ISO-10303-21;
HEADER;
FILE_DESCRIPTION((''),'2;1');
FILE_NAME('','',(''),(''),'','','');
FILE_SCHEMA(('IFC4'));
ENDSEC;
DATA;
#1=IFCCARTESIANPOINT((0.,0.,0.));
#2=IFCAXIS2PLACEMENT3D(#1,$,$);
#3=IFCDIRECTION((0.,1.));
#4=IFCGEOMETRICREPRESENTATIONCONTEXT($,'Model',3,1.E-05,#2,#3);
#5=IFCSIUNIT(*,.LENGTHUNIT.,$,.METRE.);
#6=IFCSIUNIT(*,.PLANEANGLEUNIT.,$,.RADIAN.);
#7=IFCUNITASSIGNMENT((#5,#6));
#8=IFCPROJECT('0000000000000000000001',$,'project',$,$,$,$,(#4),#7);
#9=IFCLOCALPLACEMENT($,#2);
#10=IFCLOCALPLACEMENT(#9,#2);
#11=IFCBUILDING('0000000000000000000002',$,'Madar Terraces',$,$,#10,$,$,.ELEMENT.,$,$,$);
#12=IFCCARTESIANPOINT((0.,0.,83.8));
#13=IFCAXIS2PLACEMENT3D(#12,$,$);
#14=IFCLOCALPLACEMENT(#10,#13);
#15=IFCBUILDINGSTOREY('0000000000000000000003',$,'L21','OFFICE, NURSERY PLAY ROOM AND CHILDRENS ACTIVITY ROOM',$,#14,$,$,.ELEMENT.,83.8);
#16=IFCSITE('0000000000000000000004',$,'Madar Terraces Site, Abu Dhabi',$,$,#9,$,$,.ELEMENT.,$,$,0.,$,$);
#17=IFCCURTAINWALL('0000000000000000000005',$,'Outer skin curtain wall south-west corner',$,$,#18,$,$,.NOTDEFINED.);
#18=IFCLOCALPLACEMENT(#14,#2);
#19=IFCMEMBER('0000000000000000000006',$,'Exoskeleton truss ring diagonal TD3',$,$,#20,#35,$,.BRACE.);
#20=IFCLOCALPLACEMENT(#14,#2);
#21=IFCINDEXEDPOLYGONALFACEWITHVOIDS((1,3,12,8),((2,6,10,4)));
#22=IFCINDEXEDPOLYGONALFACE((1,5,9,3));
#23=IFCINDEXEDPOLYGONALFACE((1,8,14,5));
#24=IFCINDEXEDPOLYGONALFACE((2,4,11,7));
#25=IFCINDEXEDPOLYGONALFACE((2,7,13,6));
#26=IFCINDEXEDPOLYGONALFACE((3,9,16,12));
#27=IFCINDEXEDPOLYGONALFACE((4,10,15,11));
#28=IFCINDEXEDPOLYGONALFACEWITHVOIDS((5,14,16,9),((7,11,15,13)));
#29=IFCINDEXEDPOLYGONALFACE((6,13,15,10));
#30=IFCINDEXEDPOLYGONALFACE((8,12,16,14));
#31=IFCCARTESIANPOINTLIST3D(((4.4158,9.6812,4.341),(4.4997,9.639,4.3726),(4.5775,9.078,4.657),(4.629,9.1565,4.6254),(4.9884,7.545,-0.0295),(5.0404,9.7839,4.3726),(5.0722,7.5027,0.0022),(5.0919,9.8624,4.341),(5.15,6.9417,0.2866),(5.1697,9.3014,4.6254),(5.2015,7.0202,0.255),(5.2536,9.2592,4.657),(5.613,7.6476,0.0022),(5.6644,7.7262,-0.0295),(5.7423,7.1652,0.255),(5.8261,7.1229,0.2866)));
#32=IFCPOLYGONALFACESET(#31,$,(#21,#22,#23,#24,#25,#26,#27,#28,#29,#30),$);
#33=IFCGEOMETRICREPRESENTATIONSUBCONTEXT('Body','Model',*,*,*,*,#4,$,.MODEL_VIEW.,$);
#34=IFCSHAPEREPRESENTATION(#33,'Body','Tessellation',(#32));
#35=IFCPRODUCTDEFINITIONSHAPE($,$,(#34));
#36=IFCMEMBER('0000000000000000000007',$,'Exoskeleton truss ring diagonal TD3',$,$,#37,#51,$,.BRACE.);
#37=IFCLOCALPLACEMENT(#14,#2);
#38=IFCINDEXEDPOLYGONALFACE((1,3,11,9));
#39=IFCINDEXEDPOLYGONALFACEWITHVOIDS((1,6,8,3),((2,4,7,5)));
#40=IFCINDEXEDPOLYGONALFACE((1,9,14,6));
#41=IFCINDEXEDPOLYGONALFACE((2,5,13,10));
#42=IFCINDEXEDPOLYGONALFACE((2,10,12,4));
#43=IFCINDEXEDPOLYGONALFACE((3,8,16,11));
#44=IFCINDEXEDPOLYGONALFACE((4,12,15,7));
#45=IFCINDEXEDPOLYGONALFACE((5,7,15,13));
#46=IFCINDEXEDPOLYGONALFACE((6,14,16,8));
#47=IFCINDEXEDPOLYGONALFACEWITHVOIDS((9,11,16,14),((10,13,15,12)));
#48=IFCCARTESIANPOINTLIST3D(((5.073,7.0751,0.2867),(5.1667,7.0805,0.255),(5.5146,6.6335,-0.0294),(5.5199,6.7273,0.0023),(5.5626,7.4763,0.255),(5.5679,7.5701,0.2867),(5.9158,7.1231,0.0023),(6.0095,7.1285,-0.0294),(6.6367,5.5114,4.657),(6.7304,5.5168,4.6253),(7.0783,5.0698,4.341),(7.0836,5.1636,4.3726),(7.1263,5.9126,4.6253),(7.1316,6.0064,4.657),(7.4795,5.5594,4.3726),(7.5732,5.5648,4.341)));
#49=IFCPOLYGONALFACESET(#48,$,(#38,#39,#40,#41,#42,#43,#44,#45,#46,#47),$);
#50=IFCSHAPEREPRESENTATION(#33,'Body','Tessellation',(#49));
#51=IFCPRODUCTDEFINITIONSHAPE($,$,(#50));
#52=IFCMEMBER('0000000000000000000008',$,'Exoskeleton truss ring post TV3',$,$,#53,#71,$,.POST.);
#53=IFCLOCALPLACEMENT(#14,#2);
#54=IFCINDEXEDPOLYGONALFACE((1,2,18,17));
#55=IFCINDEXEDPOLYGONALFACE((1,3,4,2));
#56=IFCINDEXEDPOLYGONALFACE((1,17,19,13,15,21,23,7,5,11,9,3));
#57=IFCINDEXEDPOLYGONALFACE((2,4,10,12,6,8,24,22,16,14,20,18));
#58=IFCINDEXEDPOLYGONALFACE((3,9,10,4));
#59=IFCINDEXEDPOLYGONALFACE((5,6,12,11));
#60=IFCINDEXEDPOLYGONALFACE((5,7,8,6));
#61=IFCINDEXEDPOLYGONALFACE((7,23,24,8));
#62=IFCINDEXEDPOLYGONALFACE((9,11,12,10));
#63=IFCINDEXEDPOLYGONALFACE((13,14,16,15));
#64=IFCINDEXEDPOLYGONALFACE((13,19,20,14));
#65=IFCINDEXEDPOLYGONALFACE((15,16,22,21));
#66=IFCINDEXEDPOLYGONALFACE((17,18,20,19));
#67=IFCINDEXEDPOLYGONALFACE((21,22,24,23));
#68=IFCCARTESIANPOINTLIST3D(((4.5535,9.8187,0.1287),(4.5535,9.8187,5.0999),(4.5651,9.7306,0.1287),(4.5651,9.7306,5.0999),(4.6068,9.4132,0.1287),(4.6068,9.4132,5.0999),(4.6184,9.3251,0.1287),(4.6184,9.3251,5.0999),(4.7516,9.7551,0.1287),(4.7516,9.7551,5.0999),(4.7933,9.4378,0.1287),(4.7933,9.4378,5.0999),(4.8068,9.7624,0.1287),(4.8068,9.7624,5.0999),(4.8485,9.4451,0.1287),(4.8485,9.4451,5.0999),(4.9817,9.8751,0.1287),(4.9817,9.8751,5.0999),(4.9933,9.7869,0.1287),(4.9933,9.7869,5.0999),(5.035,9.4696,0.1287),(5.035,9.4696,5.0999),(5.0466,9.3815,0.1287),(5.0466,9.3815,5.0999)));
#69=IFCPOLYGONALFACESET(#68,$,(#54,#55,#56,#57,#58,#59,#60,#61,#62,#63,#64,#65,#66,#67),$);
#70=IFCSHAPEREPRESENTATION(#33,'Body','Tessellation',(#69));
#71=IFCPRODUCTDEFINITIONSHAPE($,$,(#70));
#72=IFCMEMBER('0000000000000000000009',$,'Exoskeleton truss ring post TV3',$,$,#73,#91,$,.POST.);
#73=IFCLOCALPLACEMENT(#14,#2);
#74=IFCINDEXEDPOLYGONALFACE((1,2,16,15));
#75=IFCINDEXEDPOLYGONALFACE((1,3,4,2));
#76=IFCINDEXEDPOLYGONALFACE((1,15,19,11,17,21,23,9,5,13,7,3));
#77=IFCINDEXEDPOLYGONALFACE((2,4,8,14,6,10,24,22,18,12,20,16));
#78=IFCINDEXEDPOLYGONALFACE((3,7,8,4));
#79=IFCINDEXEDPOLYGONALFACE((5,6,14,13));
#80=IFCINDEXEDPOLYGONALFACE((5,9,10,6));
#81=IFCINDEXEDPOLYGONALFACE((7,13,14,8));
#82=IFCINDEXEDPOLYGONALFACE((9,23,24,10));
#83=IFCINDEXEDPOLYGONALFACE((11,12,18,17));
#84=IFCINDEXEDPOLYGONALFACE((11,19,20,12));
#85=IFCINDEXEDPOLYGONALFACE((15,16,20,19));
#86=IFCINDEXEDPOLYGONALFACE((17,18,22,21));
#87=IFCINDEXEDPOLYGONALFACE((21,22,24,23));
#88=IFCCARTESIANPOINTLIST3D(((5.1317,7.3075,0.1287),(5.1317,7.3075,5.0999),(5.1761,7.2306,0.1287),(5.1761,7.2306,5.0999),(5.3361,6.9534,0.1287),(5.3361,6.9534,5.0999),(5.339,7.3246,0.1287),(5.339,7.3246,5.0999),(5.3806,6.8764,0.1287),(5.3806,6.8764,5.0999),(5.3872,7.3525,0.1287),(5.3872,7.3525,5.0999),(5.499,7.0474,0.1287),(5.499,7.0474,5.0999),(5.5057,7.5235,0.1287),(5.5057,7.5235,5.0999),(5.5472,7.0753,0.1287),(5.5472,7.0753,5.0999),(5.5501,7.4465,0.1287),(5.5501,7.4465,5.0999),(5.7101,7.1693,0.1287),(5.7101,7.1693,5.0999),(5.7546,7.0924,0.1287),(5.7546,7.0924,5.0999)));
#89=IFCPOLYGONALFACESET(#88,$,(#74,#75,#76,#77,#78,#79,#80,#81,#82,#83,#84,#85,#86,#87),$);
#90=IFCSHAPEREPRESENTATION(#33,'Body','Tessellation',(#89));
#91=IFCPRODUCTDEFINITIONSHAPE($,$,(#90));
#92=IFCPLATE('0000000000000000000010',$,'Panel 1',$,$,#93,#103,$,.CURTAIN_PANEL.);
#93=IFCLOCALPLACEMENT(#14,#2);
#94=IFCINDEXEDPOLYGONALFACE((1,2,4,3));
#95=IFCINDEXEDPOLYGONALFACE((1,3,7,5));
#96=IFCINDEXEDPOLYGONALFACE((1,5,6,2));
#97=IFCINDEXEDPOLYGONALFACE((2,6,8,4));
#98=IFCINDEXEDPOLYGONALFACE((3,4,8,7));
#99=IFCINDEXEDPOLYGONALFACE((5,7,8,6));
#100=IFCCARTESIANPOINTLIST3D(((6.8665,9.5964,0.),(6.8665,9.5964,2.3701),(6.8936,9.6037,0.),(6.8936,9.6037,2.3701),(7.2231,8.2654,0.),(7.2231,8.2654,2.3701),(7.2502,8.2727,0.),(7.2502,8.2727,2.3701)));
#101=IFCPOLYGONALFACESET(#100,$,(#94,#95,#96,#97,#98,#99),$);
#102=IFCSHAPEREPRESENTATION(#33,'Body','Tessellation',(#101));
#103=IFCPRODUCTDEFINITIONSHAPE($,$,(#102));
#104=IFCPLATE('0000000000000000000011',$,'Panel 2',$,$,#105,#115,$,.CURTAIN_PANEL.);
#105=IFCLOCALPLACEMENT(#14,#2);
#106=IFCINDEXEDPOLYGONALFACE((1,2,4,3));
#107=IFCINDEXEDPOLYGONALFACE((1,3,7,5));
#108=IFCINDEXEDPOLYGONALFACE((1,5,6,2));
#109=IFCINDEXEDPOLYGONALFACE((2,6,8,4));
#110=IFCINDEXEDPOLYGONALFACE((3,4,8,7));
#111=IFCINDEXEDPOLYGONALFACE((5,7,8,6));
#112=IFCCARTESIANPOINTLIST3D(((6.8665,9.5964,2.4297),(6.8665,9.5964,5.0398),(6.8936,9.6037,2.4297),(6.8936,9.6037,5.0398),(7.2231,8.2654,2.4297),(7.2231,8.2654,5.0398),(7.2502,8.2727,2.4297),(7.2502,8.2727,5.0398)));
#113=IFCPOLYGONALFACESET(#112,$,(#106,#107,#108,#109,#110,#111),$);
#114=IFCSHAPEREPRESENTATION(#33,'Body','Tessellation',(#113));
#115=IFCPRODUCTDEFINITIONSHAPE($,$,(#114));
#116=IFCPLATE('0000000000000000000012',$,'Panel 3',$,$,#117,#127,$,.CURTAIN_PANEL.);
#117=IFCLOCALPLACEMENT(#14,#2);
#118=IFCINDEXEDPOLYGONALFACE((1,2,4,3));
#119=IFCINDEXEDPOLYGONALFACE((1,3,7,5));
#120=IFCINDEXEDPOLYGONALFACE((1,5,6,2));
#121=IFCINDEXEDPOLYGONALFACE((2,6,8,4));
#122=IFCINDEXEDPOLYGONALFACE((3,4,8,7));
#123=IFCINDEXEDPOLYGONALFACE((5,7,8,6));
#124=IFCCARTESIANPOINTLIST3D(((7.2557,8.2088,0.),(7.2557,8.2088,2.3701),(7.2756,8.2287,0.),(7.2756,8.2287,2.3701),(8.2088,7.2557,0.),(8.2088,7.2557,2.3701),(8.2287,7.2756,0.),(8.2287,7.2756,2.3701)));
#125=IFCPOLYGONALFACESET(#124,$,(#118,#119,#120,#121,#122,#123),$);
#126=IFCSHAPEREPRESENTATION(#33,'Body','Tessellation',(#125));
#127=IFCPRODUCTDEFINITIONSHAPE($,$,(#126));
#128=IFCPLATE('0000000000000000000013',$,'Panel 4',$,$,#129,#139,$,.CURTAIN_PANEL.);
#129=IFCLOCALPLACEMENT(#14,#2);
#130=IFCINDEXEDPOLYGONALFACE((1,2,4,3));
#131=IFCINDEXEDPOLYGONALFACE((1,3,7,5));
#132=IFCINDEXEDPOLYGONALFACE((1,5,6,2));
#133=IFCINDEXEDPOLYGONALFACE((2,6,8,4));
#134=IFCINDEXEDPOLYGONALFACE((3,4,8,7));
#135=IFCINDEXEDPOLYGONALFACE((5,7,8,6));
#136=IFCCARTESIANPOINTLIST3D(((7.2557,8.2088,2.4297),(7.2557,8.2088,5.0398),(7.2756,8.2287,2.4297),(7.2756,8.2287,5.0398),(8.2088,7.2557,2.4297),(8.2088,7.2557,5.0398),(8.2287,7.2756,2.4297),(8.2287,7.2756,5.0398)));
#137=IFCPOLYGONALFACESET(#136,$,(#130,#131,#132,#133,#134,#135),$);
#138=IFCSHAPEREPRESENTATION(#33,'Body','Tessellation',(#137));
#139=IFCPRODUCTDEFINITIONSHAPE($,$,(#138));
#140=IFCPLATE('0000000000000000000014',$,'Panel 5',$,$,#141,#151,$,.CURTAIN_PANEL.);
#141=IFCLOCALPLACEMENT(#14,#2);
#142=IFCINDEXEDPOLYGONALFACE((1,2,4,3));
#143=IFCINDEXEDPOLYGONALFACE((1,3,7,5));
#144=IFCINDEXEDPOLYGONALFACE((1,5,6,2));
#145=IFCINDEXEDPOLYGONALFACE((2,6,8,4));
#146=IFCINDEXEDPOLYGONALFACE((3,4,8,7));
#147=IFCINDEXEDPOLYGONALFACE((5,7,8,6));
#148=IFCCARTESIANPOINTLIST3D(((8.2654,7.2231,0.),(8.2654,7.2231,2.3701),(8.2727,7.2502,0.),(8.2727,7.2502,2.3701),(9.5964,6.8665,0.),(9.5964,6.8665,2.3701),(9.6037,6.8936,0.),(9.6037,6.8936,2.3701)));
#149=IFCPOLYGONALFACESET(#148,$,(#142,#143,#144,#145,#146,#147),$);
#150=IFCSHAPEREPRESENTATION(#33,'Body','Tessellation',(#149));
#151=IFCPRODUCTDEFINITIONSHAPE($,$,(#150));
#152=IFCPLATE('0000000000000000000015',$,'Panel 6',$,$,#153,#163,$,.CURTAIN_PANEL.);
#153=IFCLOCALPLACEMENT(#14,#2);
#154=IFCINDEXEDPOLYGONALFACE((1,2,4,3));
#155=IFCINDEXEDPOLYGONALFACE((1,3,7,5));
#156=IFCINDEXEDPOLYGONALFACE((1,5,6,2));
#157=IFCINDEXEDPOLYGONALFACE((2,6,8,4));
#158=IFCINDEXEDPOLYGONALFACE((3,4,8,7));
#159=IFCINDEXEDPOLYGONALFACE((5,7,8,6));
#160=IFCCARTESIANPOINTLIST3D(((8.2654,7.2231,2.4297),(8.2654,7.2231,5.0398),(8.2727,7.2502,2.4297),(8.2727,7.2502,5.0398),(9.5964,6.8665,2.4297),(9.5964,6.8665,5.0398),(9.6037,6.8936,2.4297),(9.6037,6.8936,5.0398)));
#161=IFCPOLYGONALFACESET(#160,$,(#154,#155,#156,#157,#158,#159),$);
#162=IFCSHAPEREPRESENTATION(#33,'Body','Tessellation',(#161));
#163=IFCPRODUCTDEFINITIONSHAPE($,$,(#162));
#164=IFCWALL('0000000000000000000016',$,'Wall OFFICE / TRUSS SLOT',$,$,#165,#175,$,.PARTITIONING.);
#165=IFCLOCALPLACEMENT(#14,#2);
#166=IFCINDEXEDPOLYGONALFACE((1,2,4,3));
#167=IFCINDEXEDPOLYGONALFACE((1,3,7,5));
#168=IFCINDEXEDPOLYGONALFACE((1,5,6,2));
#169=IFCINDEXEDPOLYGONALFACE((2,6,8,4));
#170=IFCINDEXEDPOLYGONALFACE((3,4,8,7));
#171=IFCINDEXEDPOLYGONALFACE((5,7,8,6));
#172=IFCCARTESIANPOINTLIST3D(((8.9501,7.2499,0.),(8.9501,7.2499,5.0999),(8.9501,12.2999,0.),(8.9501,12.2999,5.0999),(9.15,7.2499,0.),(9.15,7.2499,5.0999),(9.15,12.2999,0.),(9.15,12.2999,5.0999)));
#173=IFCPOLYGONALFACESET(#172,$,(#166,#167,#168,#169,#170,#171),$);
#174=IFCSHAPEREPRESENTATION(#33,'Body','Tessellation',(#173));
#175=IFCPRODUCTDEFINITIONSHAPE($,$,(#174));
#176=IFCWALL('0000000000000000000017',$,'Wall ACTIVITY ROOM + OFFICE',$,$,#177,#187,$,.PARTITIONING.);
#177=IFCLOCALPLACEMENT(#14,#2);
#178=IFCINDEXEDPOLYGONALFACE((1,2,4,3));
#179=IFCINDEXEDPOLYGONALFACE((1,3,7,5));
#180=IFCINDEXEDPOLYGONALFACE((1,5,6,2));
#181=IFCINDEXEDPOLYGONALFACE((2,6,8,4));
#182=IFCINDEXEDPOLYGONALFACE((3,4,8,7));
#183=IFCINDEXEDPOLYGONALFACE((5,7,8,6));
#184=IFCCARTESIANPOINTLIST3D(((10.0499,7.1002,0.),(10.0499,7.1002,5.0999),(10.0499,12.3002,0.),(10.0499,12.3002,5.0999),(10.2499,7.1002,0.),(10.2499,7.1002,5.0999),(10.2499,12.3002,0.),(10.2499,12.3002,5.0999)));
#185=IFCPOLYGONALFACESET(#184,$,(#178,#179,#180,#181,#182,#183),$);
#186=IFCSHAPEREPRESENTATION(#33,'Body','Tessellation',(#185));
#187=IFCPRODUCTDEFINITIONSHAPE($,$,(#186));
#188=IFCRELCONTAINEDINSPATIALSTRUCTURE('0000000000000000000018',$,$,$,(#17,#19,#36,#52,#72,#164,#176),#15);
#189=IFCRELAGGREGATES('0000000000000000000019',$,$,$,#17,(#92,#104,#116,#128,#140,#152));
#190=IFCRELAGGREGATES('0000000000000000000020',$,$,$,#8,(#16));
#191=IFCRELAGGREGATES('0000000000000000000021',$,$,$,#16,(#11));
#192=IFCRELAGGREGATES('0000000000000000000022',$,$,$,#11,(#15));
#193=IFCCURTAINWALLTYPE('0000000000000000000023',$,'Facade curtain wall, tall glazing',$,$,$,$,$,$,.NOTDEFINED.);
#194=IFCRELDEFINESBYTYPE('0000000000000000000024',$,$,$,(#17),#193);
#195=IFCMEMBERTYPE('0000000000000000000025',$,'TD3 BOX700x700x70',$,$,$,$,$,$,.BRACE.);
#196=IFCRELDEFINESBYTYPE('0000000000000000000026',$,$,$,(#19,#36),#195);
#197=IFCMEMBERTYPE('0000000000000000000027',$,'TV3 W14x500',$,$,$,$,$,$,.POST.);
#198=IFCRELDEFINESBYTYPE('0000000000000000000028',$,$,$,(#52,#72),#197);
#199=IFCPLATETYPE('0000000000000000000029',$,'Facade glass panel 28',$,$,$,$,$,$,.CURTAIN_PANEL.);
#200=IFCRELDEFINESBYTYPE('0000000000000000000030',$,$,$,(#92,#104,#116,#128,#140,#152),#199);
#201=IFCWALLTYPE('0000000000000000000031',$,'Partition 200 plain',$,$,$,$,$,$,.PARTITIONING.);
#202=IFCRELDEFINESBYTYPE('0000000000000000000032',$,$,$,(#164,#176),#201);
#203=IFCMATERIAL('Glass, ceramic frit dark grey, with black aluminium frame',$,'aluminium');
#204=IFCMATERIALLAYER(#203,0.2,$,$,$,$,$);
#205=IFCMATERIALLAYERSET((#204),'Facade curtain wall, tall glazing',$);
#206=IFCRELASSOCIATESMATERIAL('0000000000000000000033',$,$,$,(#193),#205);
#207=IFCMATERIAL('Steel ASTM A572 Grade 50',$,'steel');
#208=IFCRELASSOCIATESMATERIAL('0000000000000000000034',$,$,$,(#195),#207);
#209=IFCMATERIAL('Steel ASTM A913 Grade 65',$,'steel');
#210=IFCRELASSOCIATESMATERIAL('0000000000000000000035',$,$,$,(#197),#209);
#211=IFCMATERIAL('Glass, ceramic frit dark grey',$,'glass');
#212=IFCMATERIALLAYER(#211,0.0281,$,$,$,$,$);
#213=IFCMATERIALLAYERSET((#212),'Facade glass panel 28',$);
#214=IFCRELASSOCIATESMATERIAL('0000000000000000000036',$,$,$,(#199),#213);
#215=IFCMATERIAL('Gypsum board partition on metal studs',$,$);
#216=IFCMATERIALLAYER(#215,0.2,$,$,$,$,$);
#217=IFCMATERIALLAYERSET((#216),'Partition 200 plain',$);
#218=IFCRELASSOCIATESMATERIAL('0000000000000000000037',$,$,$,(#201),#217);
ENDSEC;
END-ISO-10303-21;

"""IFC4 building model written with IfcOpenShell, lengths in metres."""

from ifc_helpers import new_model, si_unit, direction, frame, frame_2d, origin, origin_2d, place, context, subcontext, project, spatial, rectangle, hollow_rectangle, i_section, extrude, material, layer, layer_set, material_profile, profile_set, type_object, element, aggregate, save


model = new_model("IFC4")

# Units and contexts
model_context = context("Model", 3, precision=1e-05, world=origin(), true_north=direction((0.0, 1.0)))
body_context = subcontext(model_context, "Body", "Model", "MODEL_VIEW")
ifc_project = project(units=[si_unit("LENGTHUNIT", "METRE"), si_unit("PLANEANGLEUNIT", "RADIAN")], contexts=[model_context])

# Site, building, storey
site_placement = place(None, origin())
site = spatial("IfcSite", under=ifc_project, at=site_placement, Name="Madar Terraces Site, Abu Dhabi", CompositionType="ELEMENT", RefElevation=0.0)
building_placement = place(site_placement, origin())
building = spatial("IfcBuilding", under=site, at=building_placement, Name="Madar Terraces", CompositionType="ELEMENT")
storey_placement = place(building_placement, frame((0.0, 0.0, 83.8)))
storey = spatial("IfcBuildingStorey", under=building, at=storey_placement, Name="L21", Description="OFFICE, NURSERY PLAY ROOM AND CHILDRENS ACTIVITY ROOM", CompositionType="ELEMENT", Elevation=83.8)

# Curtain wall
ifc_material_1 = material(Name="Glass, ceramic frit dark grey, with black aluminium frame", Category="aluminium")
ifc_layer_1 = layer(ifc_material_1, 0.2)
ifc_layer_set_1 = layer_set([ifc_layer_1], Name="Facade curtain wall, tall glazing")
curtain_wall_type = type_object("IfcCurtainWallType", Name="Facade curtain wall, tall glazing", PredefinedType="NOTDEFINED", material=ifc_layer_set_1)
curtain_wall_placement = place(storey_placement, origin())
curtain_wall = element("IfcCurtainWall", 1, at=curtain_wall_placement, inside=storey, type_object=curtain_wall_type, Name="Outer skin curtain wall south-west corner", PredefinedType="NOTDEFINED")

# Members
ifc_material_2 = material(Name="Steel ASTM A572 Grade 50", Category="steel")
ifc_material_profile_1 = material_profile(ifc_material_2, hollow_rectangle(XDim=0.7, YDim=0.7, WallThickness=0.0701, at=origin_2d()), Name="BOX700x700x70")
ifc_profile_set_1 = profile_set([ifc_material_profile_1], Name="Steel ASTM A572 Grade 50")
member_type_1 = type_object("IfcMemberType", Name="TD3 BOX700x700x70", PredefinedType="BRACE", material=ifc_profile_set_1)
member_1_placement = place(storey_placement, frame((4.8347, 9.4702, 4.499), z_axis=(0.116884, -0.436135, -0.892258), x_axis=(0.965914, 0.258865, 0.0)))
element("IfcMember", 2, at=member_1_placement, inside=storey, type_object=member_type_1, Name="Exoskeleton truss ring diagonal TD3", PredefinedType="BRACE", context=body_context, shape_type="SweptSolid", body=[
    extrude(hollow_rectangle(XDim=0.7, YDim=0.7, WallThickness=0.0701, at=origin_2d()), origin(), (0.0, 0.0, 1.0), 4.8982),
])
member_2_placement = place(storey_placement, frame((5.5413, 7.1018, 0.1287), z_axis=(0.319256, -0.319256, 0.892273), x_axis=(0.707107, 0.707107, 0.0)))
element("IfcMember", 3, at=member_2_placement, inside=storey, type_object=member_type_1, Name="Exoskeleton truss ring diagonal TD3", PredefinedType="BRACE", context=body_context, shape_type="SweptSolid", body=[
    extrude(hollow_rectangle(XDim=0.7, YDim=0.7, WallThickness=0.0701, at=origin_2d()), origin(), (0.0, 0.0, 1.0), 4.8979),
])
ifc_material_3 = material(Name="Steel ASTM A913 Grade 65", Category="steel")
ifc_material_profile_2 = material_profile(ifc_material_3, i_section(OverallWidth=0.4319, OverallDepth=0.4978, WebThickness=0.0557, FlangeThickness=0.0889, at=origin_2d()), Name="W14x500")
ifc_profile_set_2 = profile_set([ifc_material_profile_2], Name="Steel ASTM A913 Grade 65")
member_type_2 = type_object("IfcMemberType", Name="TV3 W14x500", PredefinedType="POST", material=ifc_profile_set_2)
for number, where, z_axis, x_axis, name in (
    (4, (4.8, 9.6001, 0.1287), (0.0, 0.0, 1.0), (0.991445, 0.130526, 0.0), "Exoskeleton truss ring post TV3"),
    (5, (5.4431, 7.2, 0.1287), (0.0, 0.0, 1.0), (0.866025, 0.5, 0.0), "Exoskeleton truss ring post TV3"),
):
    element("IfcMember", number, at=place(storey_placement, frame(where, z_axis=z_axis, x_axis=x_axis)), inside=storey, type_object=member_type_2, Name=name, PredefinedType="POST", context=body_context, shape_type="SweptSolid", body=[
        extrude(i_section(OverallWidth=0.4319, OverallDepth=0.4978, WebThickness=0.0557, FlangeThickness=0.0889, at=origin_2d()), origin(), (0.0, 0.0, 1.0), 4.9712),
    ])

# Plates
ifc_material_4 = material(Name="Glass, ceramic frit dark grey", Category="glass")
ifc_layer_2 = layer(ifc_material_4, 0.0281)
ifc_layer_set_2 = layer_set([ifc_layer_2], Name="Facade glass panel 28")
plate_type = type_object("IfcPlateType", Name="Facade glass panel 28", PredefinedType="CURTAIN_PANEL", material=ifc_layer_set_2)
plate_1_placement = place(storey_placement, frame((7.0583, 8.9346, 0.0), z_axis=(0.0, 0.0, 1.0), x_axis=(0.258819, -0.965926, 0.0)))
plate_1 = element("IfcPlate", 6, at=plate_1_placement, type_object=plate_type, Name="Panel 1", PredefinedType="CURTAIN_PANEL", context=body_context, shape_type="SweptSolid", body=[
    extrude(rectangle(XDim=1.3779, YDim=0.0281, at=origin_2d()), origin(), (0.0, 0.0, 1.0), 2.3701),
])
plate_2_placement = place(storey_placement, frame((7.0583, 8.9346, 2.4297), z_axis=(0.0, 0.0, 1.0), x_axis=(0.258819, -0.965926, 0.0)))
plate_2 = element("IfcPlate", 7, at=plate_2_placement, type_object=plate_type, Name="Panel 2", PredefinedType="CURTAIN_PANEL", context=body_context, shape_type="SweptSolid", body=[
    extrude(rectangle(XDim=1.3779, YDim=0.0281, at=origin_2d()), origin(), (0.0, 0.0, 1.0), 2.6101),
])
plate_3_placement = place(storey_placement, frame((7.7422, 7.7422, 0.0), z_axis=(0.0, 0.0, 1.0), x_axis=(0.707107, -0.707107, 0.0)))
plate_3 = element("IfcPlate", 8, at=plate_3_placement, type_object=plate_type, Name="Panel 3", PredefinedType="CURTAIN_PANEL", context=body_context, shape_type="SweptSolid", body=[
    extrude(rectangle(XDim=1.3479, YDim=0.0281, at=origin_2d()), origin(), (0.0, 0.0, 1.0), 2.3701),
])
plate_4_placement = place(storey_placement, frame((7.7422, 7.7422, 2.4297), z_axis=(0.0, 0.0, 1.0), x_axis=(0.707107, -0.707107, 0.0)))
plate_4 = element("IfcPlate", 9, at=plate_4_placement, type_object=plate_type, Name="Panel 4", PredefinedType="CURTAIN_PANEL", context=body_context, shape_type="SweptSolid", body=[
    extrude(rectangle(XDim=1.3479, YDim=0.0281, at=origin_2d()), origin(), (0.0, 0.0, 1.0), 2.6101),
])
plate_5_placement = place(storey_placement, frame((8.9346, 7.0583, 0.0), z_axis=(0.0, 0.0, 1.0), x_axis=(0.965926, -0.258819, 0.0)))
plate_5 = element("IfcPlate", 10, at=plate_5_placement, type_object=plate_type, Name="Panel 5", PredefinedType="CURTAIN_PANEL", context=body_context, shape_type="SweptSolid", body=[
    extrude(rectangle(XDim=1.3779, YDim=0.0281, at=origin_2d()), origin(), (0.0, 0.0, 1.0), 2.3701),
])
plate_6_placement = place(storey_placement, frame((8.9346, 7.0583, 2.4297), z_axis=(0.0, 0.0, 1.0), x_axis=(0.965926, -0.258819, 0.0)))
plate_6 = element("IfcPlate", 11, at=plate_6_placement, type_object=plate_type, Name="Panel 6", PredefinedType="CURTAIN_PANEL", context=body_context, shape_type="SweptSolid", body=[
    extrude(rectangle(XDim=1.3779, YDim=0.0281, at=origin_2d()), origin(), (0.0, 0.0, 1.0), 2.6101),
])
aggregate(curtain_wall, [plate_1, plate_2, plate_3, plate_4, plate_5, plate_6])

# Walls
ifc_material_5 = material(Name="Gypsum board partition on metal studs")
ifc_layer_3 = layer(ifc_material_5, 0.2)
ifc_layer_set_3 = layer_set([ifc_layer_3], Name="Partition 200 plain")
wall_type_1 = type_object("IfcWallType", Name="Partition 200 plain", PredefinedType="PARTITIONING", material=ifc_layer_set_3)
wall_1_placement = place(storey_placement, frame((9.05, 7.25, 0.0), z_axis=(0.0, 0.0, 1.0), x_axis=(0.0, 1.0, 0.0)))
element("IfcWall", 12, at=wall_1_placement, inside=storey, type_object=wall_type_1, Name="Wall OFFICE / TRUSS SLOT", PredefinedType="PARTITIONING", context=body_context, shape_type="SweptSolid", body=[
    extrude(rectangle(XDim=5.05, YDim=0.2, at=frame_2d((2.5249, 0.0))), origin(), (0.0, 0.0, 1.0), 5.0999),
])
wall_2_placement = place(storey_placement, frame((10.1499, 7.1001, 0.0), z_axis=(0.0, 0.0, 1.0), x_axis=(0.0, 1.0, 0.0)))
element("IfcWall", 13, at=wall_2_placement, inside=storey, type_object=wall_type_1, Name="Wall ACTIVITY ROOM + OFFICE", PredefinedType="PARTITIONING", context=body_context, shape_type="SweptSolid", body=[
    extrude(rectangle(XDim=5.2, YDim=0.2, at=frame_2d((2.6001, 0.0))), origin(), (0.0, 0.0, 1.0), 5.0999),
])

save(model, "model.ifc")
